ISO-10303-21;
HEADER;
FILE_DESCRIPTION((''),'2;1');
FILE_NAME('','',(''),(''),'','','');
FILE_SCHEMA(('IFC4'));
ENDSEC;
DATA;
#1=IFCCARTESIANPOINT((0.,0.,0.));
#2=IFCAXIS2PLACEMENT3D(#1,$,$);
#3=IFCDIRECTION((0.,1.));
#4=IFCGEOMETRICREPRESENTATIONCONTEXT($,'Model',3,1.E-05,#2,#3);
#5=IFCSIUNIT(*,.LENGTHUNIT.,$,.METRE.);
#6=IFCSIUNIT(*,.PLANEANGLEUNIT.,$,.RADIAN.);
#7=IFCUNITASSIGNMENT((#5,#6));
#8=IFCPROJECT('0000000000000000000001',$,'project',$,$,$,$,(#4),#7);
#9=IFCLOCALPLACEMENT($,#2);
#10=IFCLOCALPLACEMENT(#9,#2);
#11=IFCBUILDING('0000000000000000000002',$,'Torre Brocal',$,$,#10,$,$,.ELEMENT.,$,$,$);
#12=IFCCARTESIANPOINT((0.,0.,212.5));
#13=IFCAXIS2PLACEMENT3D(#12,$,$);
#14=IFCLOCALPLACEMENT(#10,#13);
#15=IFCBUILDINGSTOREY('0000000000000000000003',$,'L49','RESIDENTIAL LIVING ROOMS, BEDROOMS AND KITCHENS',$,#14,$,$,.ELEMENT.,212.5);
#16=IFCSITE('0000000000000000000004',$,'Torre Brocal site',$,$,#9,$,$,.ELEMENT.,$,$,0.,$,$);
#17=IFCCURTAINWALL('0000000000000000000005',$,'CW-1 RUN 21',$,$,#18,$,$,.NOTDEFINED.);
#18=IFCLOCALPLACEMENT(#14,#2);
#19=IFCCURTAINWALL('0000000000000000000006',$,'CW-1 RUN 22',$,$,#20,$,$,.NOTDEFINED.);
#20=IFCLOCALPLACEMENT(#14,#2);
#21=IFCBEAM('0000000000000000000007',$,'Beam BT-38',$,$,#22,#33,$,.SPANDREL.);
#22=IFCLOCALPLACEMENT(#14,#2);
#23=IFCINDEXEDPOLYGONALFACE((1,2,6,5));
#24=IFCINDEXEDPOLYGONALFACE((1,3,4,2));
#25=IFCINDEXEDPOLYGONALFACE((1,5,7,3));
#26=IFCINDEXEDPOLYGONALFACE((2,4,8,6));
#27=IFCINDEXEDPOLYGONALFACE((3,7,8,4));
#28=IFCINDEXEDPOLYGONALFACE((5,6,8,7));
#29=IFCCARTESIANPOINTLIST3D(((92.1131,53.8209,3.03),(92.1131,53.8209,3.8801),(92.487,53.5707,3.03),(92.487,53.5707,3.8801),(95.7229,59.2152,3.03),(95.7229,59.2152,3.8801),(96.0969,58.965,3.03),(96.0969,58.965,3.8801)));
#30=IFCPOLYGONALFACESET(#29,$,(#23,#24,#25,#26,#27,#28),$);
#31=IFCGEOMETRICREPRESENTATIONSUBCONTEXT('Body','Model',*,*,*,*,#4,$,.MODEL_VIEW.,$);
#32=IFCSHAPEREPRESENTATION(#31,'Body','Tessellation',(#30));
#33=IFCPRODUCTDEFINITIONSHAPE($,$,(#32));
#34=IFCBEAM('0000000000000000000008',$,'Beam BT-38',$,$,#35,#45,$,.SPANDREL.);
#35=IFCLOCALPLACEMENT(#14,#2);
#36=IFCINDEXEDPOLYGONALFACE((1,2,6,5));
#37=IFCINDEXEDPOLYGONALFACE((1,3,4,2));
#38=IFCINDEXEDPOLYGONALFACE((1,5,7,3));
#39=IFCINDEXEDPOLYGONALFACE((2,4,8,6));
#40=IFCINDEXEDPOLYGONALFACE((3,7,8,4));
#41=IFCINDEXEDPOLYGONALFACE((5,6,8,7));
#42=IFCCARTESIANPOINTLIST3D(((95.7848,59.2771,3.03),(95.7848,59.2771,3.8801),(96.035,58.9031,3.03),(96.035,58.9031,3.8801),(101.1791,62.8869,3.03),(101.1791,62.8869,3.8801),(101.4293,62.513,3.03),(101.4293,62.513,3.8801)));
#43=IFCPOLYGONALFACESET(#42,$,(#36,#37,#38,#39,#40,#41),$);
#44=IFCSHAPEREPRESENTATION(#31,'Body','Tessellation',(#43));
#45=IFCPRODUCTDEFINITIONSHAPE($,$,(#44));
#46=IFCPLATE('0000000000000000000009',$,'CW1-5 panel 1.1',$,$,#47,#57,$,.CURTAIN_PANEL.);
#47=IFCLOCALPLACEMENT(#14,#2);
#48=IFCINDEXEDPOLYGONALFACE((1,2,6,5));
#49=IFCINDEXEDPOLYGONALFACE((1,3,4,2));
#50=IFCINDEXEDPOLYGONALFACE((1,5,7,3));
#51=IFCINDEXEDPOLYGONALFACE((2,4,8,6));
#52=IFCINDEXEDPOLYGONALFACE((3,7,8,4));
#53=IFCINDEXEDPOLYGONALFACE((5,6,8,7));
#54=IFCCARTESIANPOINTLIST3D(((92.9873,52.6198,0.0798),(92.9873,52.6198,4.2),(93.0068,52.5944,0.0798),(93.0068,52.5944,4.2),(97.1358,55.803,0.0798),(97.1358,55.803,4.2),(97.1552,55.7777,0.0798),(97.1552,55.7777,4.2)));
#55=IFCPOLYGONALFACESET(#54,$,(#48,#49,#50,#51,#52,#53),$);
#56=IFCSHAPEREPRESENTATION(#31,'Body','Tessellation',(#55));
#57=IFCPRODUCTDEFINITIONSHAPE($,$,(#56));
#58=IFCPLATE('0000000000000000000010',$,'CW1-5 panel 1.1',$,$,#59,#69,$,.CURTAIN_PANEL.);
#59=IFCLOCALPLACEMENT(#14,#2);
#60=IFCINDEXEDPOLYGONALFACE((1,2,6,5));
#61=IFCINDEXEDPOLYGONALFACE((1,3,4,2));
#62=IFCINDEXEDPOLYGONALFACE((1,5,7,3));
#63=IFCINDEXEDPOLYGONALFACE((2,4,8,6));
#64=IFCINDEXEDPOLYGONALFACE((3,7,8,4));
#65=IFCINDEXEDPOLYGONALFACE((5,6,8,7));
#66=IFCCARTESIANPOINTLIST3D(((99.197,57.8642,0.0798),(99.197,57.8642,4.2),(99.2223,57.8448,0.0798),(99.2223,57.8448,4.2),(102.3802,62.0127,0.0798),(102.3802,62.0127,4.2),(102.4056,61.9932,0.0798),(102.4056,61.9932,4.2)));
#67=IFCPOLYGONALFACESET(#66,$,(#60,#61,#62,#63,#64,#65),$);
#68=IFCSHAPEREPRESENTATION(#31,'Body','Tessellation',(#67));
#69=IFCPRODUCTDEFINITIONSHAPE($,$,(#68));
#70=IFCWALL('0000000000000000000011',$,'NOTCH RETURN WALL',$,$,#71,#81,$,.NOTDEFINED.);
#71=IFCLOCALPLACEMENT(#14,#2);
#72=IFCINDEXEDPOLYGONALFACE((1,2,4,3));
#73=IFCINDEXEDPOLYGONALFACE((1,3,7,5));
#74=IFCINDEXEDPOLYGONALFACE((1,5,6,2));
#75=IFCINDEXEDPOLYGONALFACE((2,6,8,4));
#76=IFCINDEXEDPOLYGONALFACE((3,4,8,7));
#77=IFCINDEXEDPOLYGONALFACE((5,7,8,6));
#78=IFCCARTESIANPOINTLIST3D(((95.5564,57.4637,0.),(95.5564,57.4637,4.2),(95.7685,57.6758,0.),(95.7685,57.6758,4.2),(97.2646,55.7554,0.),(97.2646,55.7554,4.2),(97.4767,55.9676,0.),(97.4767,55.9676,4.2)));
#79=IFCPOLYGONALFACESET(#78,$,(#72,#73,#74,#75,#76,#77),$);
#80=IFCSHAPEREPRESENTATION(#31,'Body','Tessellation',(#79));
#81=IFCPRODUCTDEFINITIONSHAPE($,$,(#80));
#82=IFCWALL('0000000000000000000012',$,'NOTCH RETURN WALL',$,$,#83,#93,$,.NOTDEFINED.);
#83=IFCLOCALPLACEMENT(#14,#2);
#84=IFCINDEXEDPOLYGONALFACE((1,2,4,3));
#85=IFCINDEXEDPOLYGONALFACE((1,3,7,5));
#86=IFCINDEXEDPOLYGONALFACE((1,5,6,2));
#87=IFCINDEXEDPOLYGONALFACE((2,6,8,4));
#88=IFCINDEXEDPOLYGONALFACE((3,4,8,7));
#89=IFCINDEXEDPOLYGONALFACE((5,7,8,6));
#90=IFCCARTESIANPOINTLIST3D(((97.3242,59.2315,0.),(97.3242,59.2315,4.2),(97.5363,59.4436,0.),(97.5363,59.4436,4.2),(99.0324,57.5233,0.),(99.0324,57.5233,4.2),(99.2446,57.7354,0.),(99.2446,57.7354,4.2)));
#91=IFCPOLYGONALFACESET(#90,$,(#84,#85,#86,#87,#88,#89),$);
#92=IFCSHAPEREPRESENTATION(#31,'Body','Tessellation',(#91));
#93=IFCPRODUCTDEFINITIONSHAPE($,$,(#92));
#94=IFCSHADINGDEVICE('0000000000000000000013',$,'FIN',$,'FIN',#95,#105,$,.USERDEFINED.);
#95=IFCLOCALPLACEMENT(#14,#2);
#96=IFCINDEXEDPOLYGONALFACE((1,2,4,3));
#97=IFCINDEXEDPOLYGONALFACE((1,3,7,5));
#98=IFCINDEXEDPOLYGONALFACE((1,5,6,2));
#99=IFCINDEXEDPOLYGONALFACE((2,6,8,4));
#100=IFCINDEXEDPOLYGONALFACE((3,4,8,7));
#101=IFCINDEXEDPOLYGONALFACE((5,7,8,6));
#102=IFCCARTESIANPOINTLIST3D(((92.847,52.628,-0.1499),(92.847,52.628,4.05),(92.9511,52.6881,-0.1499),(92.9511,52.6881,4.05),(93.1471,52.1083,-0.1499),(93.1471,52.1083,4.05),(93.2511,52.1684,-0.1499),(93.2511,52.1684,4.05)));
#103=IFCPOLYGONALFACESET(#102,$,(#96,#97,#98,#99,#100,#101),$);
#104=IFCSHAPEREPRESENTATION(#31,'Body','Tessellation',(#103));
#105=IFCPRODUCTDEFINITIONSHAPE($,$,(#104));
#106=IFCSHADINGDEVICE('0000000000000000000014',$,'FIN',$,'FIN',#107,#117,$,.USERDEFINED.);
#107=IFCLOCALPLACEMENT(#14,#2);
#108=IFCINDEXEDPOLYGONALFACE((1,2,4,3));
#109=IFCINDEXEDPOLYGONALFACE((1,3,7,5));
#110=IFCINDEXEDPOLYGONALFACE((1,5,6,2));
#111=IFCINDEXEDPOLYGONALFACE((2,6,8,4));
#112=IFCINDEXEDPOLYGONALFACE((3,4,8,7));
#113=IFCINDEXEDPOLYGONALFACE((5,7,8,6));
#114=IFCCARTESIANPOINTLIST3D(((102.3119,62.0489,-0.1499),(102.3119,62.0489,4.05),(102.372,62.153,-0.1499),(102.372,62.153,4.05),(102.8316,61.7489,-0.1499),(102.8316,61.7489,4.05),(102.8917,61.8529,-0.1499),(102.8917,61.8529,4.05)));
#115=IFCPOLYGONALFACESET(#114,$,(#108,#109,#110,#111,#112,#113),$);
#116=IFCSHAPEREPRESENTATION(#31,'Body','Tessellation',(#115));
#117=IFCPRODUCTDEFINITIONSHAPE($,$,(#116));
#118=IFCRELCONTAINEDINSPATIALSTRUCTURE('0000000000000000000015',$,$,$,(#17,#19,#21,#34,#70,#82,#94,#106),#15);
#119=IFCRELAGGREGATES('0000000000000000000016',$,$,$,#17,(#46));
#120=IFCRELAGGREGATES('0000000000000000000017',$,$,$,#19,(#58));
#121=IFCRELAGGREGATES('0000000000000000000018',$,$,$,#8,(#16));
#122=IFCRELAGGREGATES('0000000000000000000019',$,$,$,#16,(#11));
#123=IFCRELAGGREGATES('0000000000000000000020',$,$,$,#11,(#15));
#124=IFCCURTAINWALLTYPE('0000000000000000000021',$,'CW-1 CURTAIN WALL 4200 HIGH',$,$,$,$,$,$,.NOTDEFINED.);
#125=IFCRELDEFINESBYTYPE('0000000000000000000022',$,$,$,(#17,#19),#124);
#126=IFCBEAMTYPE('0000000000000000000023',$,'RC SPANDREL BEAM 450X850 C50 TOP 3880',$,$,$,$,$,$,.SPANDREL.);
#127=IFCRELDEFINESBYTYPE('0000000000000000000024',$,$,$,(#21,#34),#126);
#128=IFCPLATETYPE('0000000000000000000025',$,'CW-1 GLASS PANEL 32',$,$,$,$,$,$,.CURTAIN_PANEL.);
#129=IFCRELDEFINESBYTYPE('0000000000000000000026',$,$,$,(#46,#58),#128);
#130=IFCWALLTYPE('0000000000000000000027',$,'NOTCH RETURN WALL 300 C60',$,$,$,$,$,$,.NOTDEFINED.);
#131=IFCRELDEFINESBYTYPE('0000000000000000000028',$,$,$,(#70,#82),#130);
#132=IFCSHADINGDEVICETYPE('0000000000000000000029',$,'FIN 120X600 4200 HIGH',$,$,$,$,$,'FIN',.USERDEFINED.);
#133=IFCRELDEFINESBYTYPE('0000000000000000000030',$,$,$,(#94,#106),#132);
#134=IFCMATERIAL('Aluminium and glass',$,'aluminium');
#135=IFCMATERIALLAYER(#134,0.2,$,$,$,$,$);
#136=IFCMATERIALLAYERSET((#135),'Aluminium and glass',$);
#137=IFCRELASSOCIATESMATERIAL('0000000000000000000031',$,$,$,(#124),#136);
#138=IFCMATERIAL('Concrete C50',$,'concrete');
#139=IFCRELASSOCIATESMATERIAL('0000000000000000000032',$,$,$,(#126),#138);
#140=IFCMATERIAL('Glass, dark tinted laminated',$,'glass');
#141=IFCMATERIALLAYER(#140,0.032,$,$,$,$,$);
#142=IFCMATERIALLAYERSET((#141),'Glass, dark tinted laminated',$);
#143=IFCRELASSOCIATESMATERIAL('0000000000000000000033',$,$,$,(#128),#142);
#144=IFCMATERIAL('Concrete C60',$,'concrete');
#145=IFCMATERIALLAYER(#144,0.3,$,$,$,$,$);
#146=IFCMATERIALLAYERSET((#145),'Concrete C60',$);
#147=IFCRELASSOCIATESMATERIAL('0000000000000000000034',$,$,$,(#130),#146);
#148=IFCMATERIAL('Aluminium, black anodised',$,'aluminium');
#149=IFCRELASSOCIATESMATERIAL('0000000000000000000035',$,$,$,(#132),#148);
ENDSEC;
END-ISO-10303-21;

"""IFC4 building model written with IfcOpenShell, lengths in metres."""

from ifc_helpers import new_model, si_unit, direction, frame, frame_2d, origin, origin_2d, place, context, subcontext, project, spatial, rectangle, extrude, material, layer, layer_set, material_profile, profile_set, type_object, element, aggregate, save


model = new_model("IFC4")

# Units and contexts
model_context = context("Model", 3, precision=1e-05, world=origin(), true_north=direction((0.0, 1.0)))
body_context = subcontext(model_context, "Body", "Model", "MODEL_VIEW")
ifc_project = project(units=[si_unit("LENGTHUNIT", "METRE"), si_unit("PLANEANGLEUNIT", "RADIAN")], contexts=[model_context])

# Site, building, storey
site_placement = place(None, origin())
site = spatial("IfcSite", under=ifc_project, at=site_placement, Name="Torre Brocal site", CompositionType="ELEMENT", RefElevation=0.0)
building_placement = place(site_placement, origin())
building = spatial("IfcBuilding", under=site, at=building_placement, Name="Torre Brocal", CompositionType="ELEMENT")
storey_placement = place(building_placement, frame((0.0, 0.0, 212.5)))
storey = spatial("IfcBuildingStorey", under=building, at=storey_placement, Name="L49", Description="RESIDENTIAL LIVING ROOMS, BEDROOMS AND KITCHENS", CompositionType="ELEMENT", Elevation=212.5)

# Shared definitions
ifc_material_1 = material(Name="Aluminium and glass", Category="aluminium")
ifc_layer_1 = layer(ifc_material_1, 0.2)
ifc_layer_set_1 = layer_set([ifc_layer_1], Name="Aluminium and glass")
curtain_wall_type = type_object("IfcCurtainWallType", Name="CW-1 CURTAIN WALL 4200 HIGH", PredefinedType="NOTDEFINED", material=ifc_layer_set_1)

# Curtain walls
curtain_wall_1_placement = place(storey_placement, origin())
curtain_wall_1 = element("IfcCurtainWall", 1, at=curtain_wall_1_placement, inside=storey, type_object=curtain_wall_type, Name="CW-1 RUN 21", PredefinedType="NOTDEFINED")
curtain_wall_2_placement = place(storey_placement, origin())
curtain_wall_2 = element("IfcCurtainWall", 2, at=curtain_wall_2_placement, inside=storey, type_object=curtain_wall_type, Name="CW-1 RUN 22", PredefinedType="NOTDEFINED")

# Beams
ifc_material_2 = material(Name="Concrete C50", Category="concrete")
ifc_material_profile_1 = material_profile(ifc_material_2, rectangle(XDim=0.45, YDim=0.8501, at=origin_2d()), Name="RC 450X850")
ifc_profile_set_1 = profile_set([ifc_material_profile_1], Name="Concrete C50")
beam_type_1 = type_object("IfcBeamType", Name="RC SPANDREL BEAM 450X850 C50 TOP 3880", PredefinedType="SPANDREL", material=ifc_profile_set_1)
for number, where, z_axis, x_axis, name in (
    (3, (92.3, 53.6958, 3.4551), (0.556158, 0.831077, 0.0), (-0.831077, 0.556158, 0.0), "Beam BT-38"),
    (4, (95.9099, 59.0901, 3.4551), (0.831077, 0.556158, 0.0), (-0.556158, 0.831077, 0.0), "Beam BT-38"),
):
    element("IfcBeam", number, at=place(storey_placement, frame(where, z_axis=z_axis, x_axis=x_axis)), inside=storey, type_object=beam_type_1, Name=name, PredefinedType="SPANDREL", context=body_context, shape_type="SweptSolid", body=[
        extrude(rectangle(XDim=0.45, YDim=0.8501, at=origin_2d()), origin(), (0.0, 0.0, 1.0), 6.4907),
    ])

# Plates
ifc_material_3 = material(Name="Glass, dark tinted laminated", Category="glass")
ifc_layer_2 = layer(ifc_material_3, 0.032)
ifc_layer_set_2 = layer_set([ifc_layer_2], Name="Glass, dark tinted laminated")
plate_type = type_object("IfcPlateType", Name="CW-1 GLASS PANEL 32", PredefinedType="CURTAIN_PANEL", material=ifc_layer_set_2)
plate_1_placement = place(storey_placement, frame((95.0713, 54.1987, 0.0798), z_axis=(0.0, 0.0, 1.0), x_axis=(0.793353, 0.608761, 0.0)))
plate_1 = element("IfcPlate", 5, at=plate_1_placement, type_object=plate_type, Name="CW1-5 panel 1.1", PredefinedType="CURTAIN_PANEL", context=body_context, shape_type="SweptSolid", body=[
    extrude(rectangle(XDim=5.229, YDim=0.032, at=origin_2d()), origin(), (0.0, 0.0, 1.0), 4.1201),
])
aggregate(curtain_wall_1, [plate_1])
plate_2_placement = place(storey_placement, frame((100.8013, 59.9287, 0.0798), z_axis=(0.0, 0.0, 1.0), x_axis=(0.608761, 0.793353, 0.0)))
plate_2 = element("IfcPlate", 6, at=plate_2_placement, type_object=plate_type, Name="CW1-5 panel 1.1", PredefinedType="CURTAIN_PANEL", context=body_context, shape_type="SweptSolid", body=[
    extrude(rectangle(XDim=5.229, YDim=0.032, at=origin_2d()), origin(), (0.0, 0.0, 1.0), 4.1201),
])
aggregate(curtain_wall_2, [plate_2])

# Walls
ifc_material_4 = material(Name="Concrete C60", Category="concrete")
ifc_layer_3 = layer(ifc_material_4, 0.3)
ifc_layer_set_3 = layer_set([ifc_layer_3], Name="Concrete C60")
wall_type = type_object("IfcWallType", Name="NOTCH RETURN WALL 300 C60", PredefinedType="NOTDEFINED", material=ifc_layer_set_3)
for number, where, z_axis, x_axis, name in (
    (7, (95.6624, 57.5698, 0.0), (0.0, 0.0, 1.0), (0.707107, -0.707107, 0.0), "NOTCH RETURN WALL"),
    (8, (97.4302, 59.3376, 0.0), (0.0, 0.0, 1.0), (0.707107, -0.707107, 0.0), "NOTCH RETURN WALL"),
):
    element("IfcWall", number, at=place(storey_placement, frame(where, z_axis=z_axis, x_axis=x_axis)), inside=storey, type_object=wall_type, Name=name, PredefinedType="NOTDEFINED", context=body_context, shape_type="SweptSolid", body=[
        extrude(rectangle(XDim=2.4158, YDim=0.3, at=frame_2d((1.208, 0.0))), origin(), (0.0, 0.0, 1.0), 4.2),
    ])

# Shading devices
ifc_material_5 = material(Name="Aluminium, black anodised", Category="aluminium")
ifc_material_profile_2 = material_profile(ifc_material_5, rectangle(XDim=0.1201, YDim=0.6001, at=origin_2d()), Name="FIN 120X600 4200 HIGH")
ifc_profile_set_2 = profile_set([ifc_material_profile_2], Name="Aluminium, black anodised")
shading_device_type = type_object("IfcShadingDeviceType", Name="FIN 120X600 4200 HIGH", ElementType="FIN", PredefinedType="USERDEFINED", material=ifc_profile_set_2)
for number, where, z_axis, x_axis, name in (
    (9, (93.0491, 52.3982, -0.1499), (0.0, 0.0, 1.0), (0.866025, 0.5, 0.0), "FIN"),
    (10, (102.6018, 61.9509, -0.1499), (0.0, 0.0, 1.0), (0.5, 0.866025, 0.0), "FIN"),
):
    element("IfcShadingDevice", number, at=place(storey_placement, frame(where, z_axis=z_axis, x_axis=x_axis)), inside=storey, type_object=shading_device_type, Name=name, ObjectType="FIN", PredefinedType="USERDEFINED", context=body_context, shape_type="SweptSolid", body=[
        extrude(rectangle(XDim=0.1201, YDim=0.6001, at=origin_2d()), origin(), (0.0, 0.0, 1.0), 4.2),
    ])

save(model, "model.ifc")
